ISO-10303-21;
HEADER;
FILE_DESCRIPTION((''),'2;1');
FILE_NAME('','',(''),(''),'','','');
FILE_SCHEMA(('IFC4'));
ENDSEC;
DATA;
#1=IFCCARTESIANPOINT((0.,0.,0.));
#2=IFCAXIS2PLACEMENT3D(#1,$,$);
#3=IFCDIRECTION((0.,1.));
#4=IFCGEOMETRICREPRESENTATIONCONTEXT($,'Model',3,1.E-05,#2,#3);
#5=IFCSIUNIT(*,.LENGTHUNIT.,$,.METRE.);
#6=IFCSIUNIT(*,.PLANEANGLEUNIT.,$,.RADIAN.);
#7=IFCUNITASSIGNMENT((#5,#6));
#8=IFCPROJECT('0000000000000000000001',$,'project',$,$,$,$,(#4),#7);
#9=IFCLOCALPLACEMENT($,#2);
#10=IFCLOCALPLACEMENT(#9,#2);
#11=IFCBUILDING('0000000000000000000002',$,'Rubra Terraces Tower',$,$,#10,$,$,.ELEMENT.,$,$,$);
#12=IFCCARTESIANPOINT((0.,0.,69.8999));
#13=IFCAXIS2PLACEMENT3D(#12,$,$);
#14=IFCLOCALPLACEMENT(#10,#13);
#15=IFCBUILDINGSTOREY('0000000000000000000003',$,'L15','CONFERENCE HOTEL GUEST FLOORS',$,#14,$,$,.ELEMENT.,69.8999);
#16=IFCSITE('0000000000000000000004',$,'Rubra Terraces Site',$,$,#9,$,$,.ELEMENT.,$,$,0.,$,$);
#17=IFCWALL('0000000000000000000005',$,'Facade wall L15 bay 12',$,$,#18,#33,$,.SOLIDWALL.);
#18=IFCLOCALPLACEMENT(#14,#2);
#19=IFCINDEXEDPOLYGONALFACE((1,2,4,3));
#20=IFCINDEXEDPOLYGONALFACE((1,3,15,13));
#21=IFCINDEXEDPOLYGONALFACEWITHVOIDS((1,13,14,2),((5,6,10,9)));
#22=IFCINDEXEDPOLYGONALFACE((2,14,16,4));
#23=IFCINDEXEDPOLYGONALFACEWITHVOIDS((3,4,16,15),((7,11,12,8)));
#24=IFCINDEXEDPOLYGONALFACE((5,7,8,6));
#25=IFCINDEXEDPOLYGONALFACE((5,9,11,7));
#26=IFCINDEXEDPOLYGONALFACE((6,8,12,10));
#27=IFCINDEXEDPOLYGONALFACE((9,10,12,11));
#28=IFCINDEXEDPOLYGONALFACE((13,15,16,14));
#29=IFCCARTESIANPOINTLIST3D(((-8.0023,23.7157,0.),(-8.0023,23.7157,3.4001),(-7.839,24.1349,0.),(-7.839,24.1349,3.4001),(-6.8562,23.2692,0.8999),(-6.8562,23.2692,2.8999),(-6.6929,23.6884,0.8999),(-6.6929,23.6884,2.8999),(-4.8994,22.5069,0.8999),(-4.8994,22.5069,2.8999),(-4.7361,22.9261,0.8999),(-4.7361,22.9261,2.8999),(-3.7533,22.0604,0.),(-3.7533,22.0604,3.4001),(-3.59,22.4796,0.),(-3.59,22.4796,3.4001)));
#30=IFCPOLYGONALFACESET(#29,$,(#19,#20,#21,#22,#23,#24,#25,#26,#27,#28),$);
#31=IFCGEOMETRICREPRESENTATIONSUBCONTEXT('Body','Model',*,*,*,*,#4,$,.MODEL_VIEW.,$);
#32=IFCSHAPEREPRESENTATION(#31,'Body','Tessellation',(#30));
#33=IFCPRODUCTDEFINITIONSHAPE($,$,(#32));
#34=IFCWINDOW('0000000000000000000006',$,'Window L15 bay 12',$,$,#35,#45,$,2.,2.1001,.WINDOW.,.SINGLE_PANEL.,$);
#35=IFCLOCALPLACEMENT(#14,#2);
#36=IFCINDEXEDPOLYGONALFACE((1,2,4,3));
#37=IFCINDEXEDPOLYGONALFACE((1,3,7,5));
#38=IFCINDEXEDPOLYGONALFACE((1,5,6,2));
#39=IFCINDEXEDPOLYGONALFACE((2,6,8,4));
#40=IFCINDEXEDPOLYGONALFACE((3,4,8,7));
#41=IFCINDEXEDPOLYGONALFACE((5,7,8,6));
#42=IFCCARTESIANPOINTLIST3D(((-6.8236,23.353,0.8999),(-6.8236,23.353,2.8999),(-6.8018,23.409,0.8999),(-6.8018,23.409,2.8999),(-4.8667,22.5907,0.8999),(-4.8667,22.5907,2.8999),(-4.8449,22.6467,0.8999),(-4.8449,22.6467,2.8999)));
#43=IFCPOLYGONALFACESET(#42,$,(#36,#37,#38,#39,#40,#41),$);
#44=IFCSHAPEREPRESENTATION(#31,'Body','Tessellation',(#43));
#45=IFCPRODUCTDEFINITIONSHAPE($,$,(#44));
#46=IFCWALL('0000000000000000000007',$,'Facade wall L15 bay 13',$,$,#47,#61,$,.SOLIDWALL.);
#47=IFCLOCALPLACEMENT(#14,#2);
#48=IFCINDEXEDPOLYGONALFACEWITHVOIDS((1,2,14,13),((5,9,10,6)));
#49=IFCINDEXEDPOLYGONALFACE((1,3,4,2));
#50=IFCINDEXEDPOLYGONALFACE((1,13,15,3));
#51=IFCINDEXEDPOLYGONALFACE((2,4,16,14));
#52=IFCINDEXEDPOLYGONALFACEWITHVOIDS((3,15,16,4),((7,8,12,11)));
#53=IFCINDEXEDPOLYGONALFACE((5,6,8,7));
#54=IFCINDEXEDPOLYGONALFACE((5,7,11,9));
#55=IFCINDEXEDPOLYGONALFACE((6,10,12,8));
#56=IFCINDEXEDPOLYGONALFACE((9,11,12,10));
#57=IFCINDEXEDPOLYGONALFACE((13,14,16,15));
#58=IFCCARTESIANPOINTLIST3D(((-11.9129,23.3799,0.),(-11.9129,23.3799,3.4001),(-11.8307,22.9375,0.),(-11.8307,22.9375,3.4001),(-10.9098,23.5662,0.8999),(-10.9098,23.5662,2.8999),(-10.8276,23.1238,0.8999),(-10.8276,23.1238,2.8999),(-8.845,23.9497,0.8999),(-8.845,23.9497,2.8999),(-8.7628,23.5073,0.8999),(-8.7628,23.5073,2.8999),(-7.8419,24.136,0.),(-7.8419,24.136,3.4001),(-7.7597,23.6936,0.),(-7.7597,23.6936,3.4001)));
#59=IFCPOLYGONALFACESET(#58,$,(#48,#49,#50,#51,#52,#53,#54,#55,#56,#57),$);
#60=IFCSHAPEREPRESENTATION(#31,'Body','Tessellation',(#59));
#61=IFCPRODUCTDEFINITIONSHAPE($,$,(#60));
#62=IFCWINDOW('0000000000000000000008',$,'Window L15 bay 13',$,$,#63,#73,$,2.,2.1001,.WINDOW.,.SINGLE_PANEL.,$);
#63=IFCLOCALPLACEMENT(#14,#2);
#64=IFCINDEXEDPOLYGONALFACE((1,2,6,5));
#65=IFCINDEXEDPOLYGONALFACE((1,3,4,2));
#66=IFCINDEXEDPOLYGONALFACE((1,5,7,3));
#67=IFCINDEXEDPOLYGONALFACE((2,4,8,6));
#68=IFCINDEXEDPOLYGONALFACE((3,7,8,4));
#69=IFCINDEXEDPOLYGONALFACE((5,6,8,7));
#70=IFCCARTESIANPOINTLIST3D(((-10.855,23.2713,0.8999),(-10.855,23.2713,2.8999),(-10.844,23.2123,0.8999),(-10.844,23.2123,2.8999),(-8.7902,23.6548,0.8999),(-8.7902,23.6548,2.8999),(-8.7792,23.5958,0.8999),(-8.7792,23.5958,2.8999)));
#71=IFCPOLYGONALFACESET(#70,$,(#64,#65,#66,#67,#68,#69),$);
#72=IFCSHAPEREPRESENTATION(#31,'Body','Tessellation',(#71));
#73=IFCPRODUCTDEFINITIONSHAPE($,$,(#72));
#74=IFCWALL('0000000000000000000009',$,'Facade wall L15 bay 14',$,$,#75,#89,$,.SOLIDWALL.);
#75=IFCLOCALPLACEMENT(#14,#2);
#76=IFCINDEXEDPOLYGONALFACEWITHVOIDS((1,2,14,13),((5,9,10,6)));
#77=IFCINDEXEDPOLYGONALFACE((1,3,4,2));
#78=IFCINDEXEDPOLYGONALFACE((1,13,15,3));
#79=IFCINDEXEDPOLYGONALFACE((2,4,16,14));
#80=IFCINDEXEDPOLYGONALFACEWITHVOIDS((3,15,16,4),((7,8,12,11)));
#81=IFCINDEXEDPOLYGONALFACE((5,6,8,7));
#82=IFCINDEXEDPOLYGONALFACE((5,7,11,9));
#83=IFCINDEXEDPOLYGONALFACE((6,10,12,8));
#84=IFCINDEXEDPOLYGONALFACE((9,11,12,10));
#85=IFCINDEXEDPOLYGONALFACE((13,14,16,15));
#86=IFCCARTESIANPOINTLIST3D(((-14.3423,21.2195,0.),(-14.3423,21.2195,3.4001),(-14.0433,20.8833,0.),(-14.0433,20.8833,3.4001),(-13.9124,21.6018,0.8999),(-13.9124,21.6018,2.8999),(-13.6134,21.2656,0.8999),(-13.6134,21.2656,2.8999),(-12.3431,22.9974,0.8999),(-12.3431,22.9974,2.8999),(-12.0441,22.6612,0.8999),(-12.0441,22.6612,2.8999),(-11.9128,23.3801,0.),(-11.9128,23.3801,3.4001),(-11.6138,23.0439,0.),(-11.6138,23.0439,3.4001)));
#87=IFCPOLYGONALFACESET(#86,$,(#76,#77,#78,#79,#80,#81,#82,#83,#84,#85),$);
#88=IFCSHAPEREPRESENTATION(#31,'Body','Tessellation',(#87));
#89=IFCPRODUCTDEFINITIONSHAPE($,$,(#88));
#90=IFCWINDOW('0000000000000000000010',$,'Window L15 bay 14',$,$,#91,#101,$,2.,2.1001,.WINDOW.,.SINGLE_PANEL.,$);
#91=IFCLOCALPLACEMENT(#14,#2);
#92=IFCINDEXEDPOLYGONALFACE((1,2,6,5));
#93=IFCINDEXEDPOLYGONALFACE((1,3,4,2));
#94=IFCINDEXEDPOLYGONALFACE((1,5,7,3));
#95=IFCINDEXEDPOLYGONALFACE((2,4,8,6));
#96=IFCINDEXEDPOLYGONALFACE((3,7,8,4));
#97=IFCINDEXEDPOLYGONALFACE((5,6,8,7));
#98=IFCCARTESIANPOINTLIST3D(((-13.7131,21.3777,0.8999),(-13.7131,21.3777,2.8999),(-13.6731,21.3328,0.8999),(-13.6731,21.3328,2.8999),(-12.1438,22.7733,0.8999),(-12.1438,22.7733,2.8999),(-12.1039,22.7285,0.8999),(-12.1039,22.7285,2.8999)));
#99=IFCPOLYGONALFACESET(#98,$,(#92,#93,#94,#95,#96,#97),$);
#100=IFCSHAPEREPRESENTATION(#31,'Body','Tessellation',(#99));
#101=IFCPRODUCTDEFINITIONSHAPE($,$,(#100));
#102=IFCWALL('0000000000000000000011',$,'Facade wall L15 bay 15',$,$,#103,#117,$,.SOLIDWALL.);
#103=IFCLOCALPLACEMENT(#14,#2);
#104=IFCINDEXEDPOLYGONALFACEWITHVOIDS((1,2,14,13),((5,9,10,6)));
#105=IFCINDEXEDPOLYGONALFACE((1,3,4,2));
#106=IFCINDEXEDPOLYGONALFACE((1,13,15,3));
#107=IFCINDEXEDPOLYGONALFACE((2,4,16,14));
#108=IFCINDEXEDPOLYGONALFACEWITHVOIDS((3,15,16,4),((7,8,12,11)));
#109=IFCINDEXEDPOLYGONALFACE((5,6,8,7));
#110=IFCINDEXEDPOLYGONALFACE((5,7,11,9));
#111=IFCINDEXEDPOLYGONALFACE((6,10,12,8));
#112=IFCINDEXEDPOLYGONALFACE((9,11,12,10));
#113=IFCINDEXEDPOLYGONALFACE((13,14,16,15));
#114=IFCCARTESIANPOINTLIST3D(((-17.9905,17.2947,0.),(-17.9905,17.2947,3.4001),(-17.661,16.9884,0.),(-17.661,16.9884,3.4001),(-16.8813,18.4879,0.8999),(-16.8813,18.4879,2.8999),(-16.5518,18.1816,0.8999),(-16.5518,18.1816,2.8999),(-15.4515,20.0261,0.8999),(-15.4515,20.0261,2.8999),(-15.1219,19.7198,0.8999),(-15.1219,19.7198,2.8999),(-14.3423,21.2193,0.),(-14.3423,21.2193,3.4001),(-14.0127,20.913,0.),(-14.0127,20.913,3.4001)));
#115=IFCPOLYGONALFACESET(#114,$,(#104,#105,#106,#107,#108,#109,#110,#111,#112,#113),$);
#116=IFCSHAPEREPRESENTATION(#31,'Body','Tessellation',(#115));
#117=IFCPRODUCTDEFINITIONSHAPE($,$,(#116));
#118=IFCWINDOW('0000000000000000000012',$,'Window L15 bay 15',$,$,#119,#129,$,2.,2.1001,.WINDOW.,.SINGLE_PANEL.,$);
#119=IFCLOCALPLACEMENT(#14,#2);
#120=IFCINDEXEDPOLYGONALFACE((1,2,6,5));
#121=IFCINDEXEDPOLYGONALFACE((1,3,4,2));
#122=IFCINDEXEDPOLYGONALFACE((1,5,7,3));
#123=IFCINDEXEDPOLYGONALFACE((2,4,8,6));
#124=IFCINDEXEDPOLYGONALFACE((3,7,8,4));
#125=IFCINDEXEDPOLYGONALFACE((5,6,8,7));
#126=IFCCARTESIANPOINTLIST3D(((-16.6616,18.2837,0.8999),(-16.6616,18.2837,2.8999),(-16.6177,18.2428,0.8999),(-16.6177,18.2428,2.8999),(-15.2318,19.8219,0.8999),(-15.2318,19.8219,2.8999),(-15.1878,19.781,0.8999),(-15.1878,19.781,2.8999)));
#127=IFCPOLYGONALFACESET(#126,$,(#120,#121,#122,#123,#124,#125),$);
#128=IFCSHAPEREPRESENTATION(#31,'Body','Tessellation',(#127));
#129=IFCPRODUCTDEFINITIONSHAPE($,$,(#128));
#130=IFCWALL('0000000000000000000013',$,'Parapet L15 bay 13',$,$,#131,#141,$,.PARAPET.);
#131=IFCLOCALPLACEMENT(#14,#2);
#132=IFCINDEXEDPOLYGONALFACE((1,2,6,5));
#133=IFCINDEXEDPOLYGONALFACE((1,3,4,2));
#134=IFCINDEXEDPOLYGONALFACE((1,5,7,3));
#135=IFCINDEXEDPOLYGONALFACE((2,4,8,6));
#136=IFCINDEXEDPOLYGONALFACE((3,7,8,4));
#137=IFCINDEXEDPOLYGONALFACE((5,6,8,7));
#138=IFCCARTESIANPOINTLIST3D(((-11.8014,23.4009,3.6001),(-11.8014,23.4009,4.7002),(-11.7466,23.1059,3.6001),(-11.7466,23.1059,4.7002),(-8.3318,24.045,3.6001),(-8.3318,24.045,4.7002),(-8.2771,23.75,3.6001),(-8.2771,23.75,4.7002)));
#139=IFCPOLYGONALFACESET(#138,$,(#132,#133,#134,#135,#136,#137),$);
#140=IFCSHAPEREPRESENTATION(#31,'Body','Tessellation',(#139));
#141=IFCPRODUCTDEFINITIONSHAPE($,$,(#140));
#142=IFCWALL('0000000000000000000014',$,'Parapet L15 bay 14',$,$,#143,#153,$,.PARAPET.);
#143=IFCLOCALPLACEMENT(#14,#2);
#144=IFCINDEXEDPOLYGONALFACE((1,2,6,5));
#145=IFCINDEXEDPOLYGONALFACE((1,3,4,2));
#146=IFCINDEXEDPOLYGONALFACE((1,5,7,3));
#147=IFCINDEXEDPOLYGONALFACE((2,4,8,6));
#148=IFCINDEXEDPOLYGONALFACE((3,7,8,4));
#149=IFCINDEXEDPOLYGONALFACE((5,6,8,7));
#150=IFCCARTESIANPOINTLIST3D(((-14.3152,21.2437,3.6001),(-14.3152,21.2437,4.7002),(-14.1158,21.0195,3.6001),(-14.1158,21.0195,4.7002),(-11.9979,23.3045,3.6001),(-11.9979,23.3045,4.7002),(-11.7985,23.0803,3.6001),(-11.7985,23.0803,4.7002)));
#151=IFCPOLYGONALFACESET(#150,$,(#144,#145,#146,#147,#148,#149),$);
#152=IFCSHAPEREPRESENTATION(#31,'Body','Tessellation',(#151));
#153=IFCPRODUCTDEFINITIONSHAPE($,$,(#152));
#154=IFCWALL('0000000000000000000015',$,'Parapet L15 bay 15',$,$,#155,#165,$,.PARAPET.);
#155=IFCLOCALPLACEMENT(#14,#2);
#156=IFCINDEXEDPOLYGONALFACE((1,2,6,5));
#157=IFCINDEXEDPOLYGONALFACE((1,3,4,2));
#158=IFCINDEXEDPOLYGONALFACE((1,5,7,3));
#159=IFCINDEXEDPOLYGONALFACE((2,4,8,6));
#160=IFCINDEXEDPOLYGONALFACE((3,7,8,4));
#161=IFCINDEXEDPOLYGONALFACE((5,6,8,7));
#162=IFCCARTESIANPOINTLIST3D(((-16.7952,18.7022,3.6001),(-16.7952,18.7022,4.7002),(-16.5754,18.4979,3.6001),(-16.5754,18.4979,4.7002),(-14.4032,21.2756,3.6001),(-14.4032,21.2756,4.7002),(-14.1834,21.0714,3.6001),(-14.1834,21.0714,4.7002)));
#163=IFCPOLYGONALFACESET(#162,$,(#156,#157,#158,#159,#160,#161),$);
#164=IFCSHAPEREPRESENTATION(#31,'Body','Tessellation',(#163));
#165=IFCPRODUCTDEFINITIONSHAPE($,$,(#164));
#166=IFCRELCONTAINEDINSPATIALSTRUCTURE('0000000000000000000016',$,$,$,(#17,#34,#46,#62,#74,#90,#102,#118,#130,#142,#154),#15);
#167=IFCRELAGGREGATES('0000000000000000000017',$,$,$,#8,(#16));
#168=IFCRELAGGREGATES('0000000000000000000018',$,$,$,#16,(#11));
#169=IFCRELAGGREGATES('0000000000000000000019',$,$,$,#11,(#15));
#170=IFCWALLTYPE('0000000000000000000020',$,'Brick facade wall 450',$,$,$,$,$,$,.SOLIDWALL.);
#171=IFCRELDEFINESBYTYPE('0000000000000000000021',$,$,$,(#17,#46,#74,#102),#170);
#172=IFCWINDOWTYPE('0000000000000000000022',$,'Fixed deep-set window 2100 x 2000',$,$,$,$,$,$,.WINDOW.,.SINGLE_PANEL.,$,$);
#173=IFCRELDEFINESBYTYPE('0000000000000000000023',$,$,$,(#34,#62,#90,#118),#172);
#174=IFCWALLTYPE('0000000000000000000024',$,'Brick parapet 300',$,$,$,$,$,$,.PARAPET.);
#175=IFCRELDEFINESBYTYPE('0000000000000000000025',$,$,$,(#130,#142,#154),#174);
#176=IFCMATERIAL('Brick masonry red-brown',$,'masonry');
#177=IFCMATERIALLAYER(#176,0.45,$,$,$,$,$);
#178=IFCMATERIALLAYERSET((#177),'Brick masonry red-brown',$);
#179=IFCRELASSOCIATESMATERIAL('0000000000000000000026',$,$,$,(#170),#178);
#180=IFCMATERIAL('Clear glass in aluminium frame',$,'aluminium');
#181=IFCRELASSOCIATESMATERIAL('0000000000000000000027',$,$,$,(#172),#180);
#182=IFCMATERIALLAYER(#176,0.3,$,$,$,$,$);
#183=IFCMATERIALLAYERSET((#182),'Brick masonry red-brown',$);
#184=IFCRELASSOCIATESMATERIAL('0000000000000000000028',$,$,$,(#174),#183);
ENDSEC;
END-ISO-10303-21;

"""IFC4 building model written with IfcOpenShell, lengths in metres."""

from ifc_helpers import new_model, si_unit, direction, frame, frame_2d, origin, place, context, subcontext, project, spatial, rectangle, extrude, material, layer, layer_set, type_object, element, fill, save


model = new_model("IFC4")

# Units and contexts
model_context = context("Model", 3, precision=1e-05, world=origin(), true_north=direction((0.0, 1.0)))
body_context = subcontext(model_context, "Body", "Model", "MODEL_VIEW")
ifc_project = project(units=[si_unit("LENGTHUNIT", "METRE"), si_unit("PLANEANGLEUNIT", "RADIAN")], contexts=[model_context])

# Site, building, storey
site_placement = place(None, origin())
site = spatial("IfcSite", under=ifc_project, at=site_placement, Name="Rubra Terraces Site", CompositionType="ELEMENT", RefElevation=0.0)
building_placement = place(site_placement, origin())
building = spatial("IfcBuilding", under=site, at=building_placement, Name="Rubra Terraces Tower", CompositionType="ELEMENT")
storey_placement = place(building_placement, frame((0.0, 0.0, 69.8999)))
storey = spatial("IfcBuildingStorey", under=building, at=storey_placement, Name="L15", Description="CONFERENCE HOTEL GUEST FLOORS", CompositionType="ELEMENT", Elevation=69.8999)

# Walls, openings, windows
ifc_material_1 = material(Name="Brick masonry red-brown", Category="masonry")
ifc_layer_1 = layer(ifc_material_1, 0.45)
ifc_layer_set_1 = layer_set([ifc_layer_1], Name="Brick masonry red-brown")
wall_type_1 = type_object("IfcWallType", Name="Brick facade wall 450", PredefinedType="SOLIDWALL", material=ifc_layer_set_1)
wall_1_placement = place(storey_placement, frame((-3.6716, 22.27, 0.0), z_axis=(0.0, 0.0, 1.0), x_axis=(-0.931792, 0.362994, 0.0)))
wall_1 = element("IfcWall", 1, at=wall_1_placement, inside=storey, type_object=wall_type_1, Name="Facade wall L15 bay 12", PredefinedType="SOLIDWALL", context=body_context, shape_type="SweptSolid", body=[
    extrude(rectangle(XDim=4.5601, YDim=0.45, at=frame_2d((2.28, 0.0))), origin(), (0.0, 0.0, 1.0), 3.4001),
])
opening_1_placement = place(wall_1_placement, frame((1.23, 0.0, 0.8999)))
opening_1 = element("IfcOpeningElement", 2, at=opening_1_placement, cuts=wall_1, PredefinedType="OPENING", context=body_context, shape_type="SweptSolid", body=[
    extrude(rectangle(XDim=2.1001, YDim=2.0, at=frame_2d((1.05, 1.0))), frame((0.0, 0.2349, 0.0), z_axis=(0.0, -1.0, 0.0), x_axis=(1.0, 0.0, 0.0)), (0.0, 0.0, 1.0), 0.47),
])
ifc_material_2 = material(Name="Clear glass in aluminium frame", Category="aluminium")
window_type = type_object("IfcWindowType", Name="Fixed deep-set window 2100 x 2000", PartitioningType="SINGLE_PANEL", PredefinedType="WINDOW", material=ifc_material_2)
window_1_placement = place(opening_1_placement, origin())
window_1 = element("IfcWindow", 3, at=window_1_placement, inside=storey, type_object=window_type, Name="Window L15 bay 12", OverallHeight=2.0, OverallWidth=2.1001, PartitioningType="SINGLE_PANEL", PredefinedType="WINDOW", context=body_context, shape_type="SweptSolid", body=[
    extrude(rectangle(XDim=2.1001, YDim=2.0, at=frame_2d((1.05, 1.0))), frame((0.0, 0.135, 0.0), z_axis=(0.0, -1.0, 0.0), x_axis=(1.0, 0.0, 0.0)), (0.0, 0.0, 1.0), 0.0601),
])
fill(opening_1, window_1)
wall_2_placement = place(storey_placement, frame((-7.8008, 23.9148, 0.0), z_axis=(0.0, 0.0, 1.0), x_axis=(-0.983186, -0.182604, 0.0)))
wall_2 = element("IfcWall", 4, at=wall_2_placement, inside=storey, type_object=wall_type_1, Name="Facade wall L15 bay 13", PredefinedType="SOLIDWALL", context=body_context, shape_type="SweptSolid", body=[
    extrude(rectangle(XDim=4.1406, YDim=0.45, at=frame_2d((2.0703, 0.0))), origin(), (0.0, 0.0, 1.0), 3.4001),
])
opening_2_placement = place(wall_2_placement, frame((1.0203, 0.0, 0.8999)))
opening_2 = element("IfcOpeningElement", 5, at=opening_2_placement, cuts=wall_2, PredefinedType="OPENING", context=body_context, shape_type="SweptSolid", body=[
    extrude(rectangle(XDim=2.1001, YDim=2.0, at=frame_2d((1.05, 1.0))), frame((0.0, 0.2349, 0.0), z_axis=(0.0, -1.0, 0.0), x_axis=(1.0, 0.0, 0.0)), (0.0, 0.0, 1.0), 0.47),
])
window_2_placement = place(opening_2_placement, origin())
window_2 = element("IfcWindow", 6, at=window_2_placement, inside=storey, type_object=window_type, Name="Window L15 bay 13", OverallHeight=2.0, OverallWidth=2.1001, PartitioningType="SINGLE_PANEL", PredefinedType="WINDOW", context=body_context, shape_type="SweptSolid", body=[
    extrude(rectangle(XDim=2.1001, YDim=2.0, at=frame_2d((1.05, 1.0))), frame((0.0, 0.135, 0.0), z_axis=(0.0, -1.0, 0.0), x_axis=(1.0, 0.0, 0.0)), (0.0, 0.0, 1.0), 0.0601),
])
fill(opening_2, window_2)
wall_3_placement = place(storey_placement, frame((-11.7634, 23.2119, 0.0), z_axis=(0.0, 0.0, 1.0), x_axis=(-0.747235, -0.66456, 0.0)))
wall_3 = element("IfcWall", 7, at=wall_3_placement, inside=storey, type_object=wall_type_1, Name="Facade wall L15 bay 14", PredefinedType="SOLIDWALL", context=body_context, shape_type="SweptSolid", body=[
    extrude(rectangle(XDim=3.2512, YDim=0.45, at=frame_2d((1.6255, 0.0))), origin(), (0.0, 0.0, 1.0), 3.4001),
])
opening_3_placement = place(wall_3_placement, frame((0.5757, 0.0, 0.8999)))
opening_3 = element("IfcOpeningElement", 8, at=opening_3_placement, cuts=wall_3, PredefinedType="OPENING", context=body_context, shape_type="SweptSolid", body=[
    extrude(rectangle(XDim=2.1001, YDim=2.0, at=frame_2d((1.05, 1.0))), frame((0.0, 0.2349, 0.0), z_axis=(0.0, -1.0, 0.0), x_axis=(1.0, 0.0, 0.0)), (0.0, 0.0, 1.0), 0.47),
])
window_3_placement = place(opening_3_placement, origin())
window_3 = element("IfcWindow", 9, at=window_3_placement, inside=storey, type_object=window_type, Name="Window L15 bay 14", OverallHeight=2.0, OverallWidth=2.1001, PartitioningType="SINGLE_PANEL", PredefinedType="WINDOW", context=body_context, shape_type="SweptSolid", body=[
    extrude(rectangle(XDim=2.1001, YDim=2.0, at=frame_2d((1.05, 1.0))), frame((0.0, 0.135, 0.0), z_axis=(0.0, -1.0, 0.0), x_axis=(1.0, 0.0, 0.0)), (0.0, 0.0, 1.0), 0.0601),
])
fill(opening_3, window_3)
wall_4_placement = place(storey_placement, frame((-14.1775, 21.0662, 0.0), z_axis=(0.0, 0.0, 1.0), x_axis=(-0.680848, -0.732425, 0.0)))
wall_4 = element("IfcWall", 10, at=wall_4_placement, inside=storey, type_object=wall_type_1, Name="Facade wall L15 bay 15", PredefinedType="SOLIDWALL", context=body_context, shape_type="SweptSolid", body=[
    extrude(rectangle(XDim=5.3584, YDim=0.45, at=frame_2d((2.6792, 0.0))), origin(), (0.0, 0.0, 1.0), 3.4001),
])
opening_4_placement = place(wall_4_placement, frame((1.6292, 0.0, 0.8999)))
opening_4 = element("IfcOpeningElement", 11, at=opening_4_placement, cuts=wall_4, PredefinedType="OPENING", context=body_context, shape_type="SweptSolid", body=[
    extrude(rectangle(XDim=2.1001, YDim=2.0, at=frame_2d((1.05, 1.0))), frame((0.0, 0.2349, 0.0), z_axis=(0.0, -1.0, 0.0), x_axis=(1.0, 0.0, 0.0)), (0.0, 0.0, 1.0), 0.47),
])
window_4_placement = place(opening_4_placement, origin())
window_4 = element("IfcWindow", 12, at=window_4_placement, inside=storey, type_object=window_type, Name="Window L15 bay 15", OverallHeight=2.0, OverallWidth=2.1001, PartitioningType="SINGLE_PANEL", PredefinedType="WINDOW", context=body_context, shape_type="SweptSolid", body=[
    extrude(rectangle(XDim=2.1001, YDim=2.0, at=frame_2d((1.05, 1.0))), frame((0.0, 0.135, 0.0), z_axis=(0.0, -1.0, 0.0), x_axis=(1.0, 0.0, 0.0)), (0.0, 0.0, 1.0), 0.0601),
])
fill(opening_4, window_4)

# Walls
ifc_layer_2 = layer(ifc_material_1, 0.3)
ifc_layer_set_2 = layer_set([ifc_layer_2], Name="Brick masonry red-brown")
wall_type_2 = type_object("IfcWallType", Name="Brick parapet 300", PredefinedType="PARAPET", material=ifc_layer_set_2)
wall_5_placement = place(storey_placement, frame((-8.3044, 23.8975, 3.6001), z_axis=(0.0, 0.0, 1.0), x_axis=(-0.983203, -0.182513, 0.0)))
element("IfcWall", 13, at=wall_5_placement, inside=storey, type_object=wall_type_2, Name="Parapet L15 bay 13", PredefinedType="PARAPET", context=body_context, shape_type="SweptSolid", body=[
    extrude(rectangle(XDim=3.5288, YDim=0.3, at=frame_2d((1.7644, 0.0))), origin(), (0.0, 0.0, 1.0), 1.1001),
])
wall_6_placement = place(storey_placement, frame((-11.8982, 23.1924, 3.6001), z_axis=(0.0, 0.0, 1.0), x_axis=(-0.747266, -0.664525, 0.0)))
element("IfcWall", 14, at=wall_6_placement, inside=storey, type_object=wall_type_2, Name="Parapet L15 bay 14", PredefinedType="PARAPET", context=body_context, shape_type="SweptSolid", body=[
    extrude(rectangle(XDim=3.1011, YDim=0.3, at=frame_2d((1.5505, 0.0))), origin(), (0.0, 0.0, 1.0), 1.1001),
])
wall_7_placement = place(storey_placement, frame((-14.2932, 21.1736, 3.6001), z_axis=(0.0, 0.0, 1.0), x_axis=(-0.680821, -0.732449, 0.0)))
element("IfcWall", 15, at=wall_7_placement, inside=storey, type_object=wall_type_2, Name="Parapet L15 bay 15", PredefinedType="PARAPET", context=body_context, shape_type="SweptSolid", body=[
    extrude(rectangle(XDim=3.5134, YDim=0.3, at=frame_2d((1.7568, 0.0))), origin(), (0.0, 0.0, 1.0), 1.1001),
])

save(model, "model.ifc")
